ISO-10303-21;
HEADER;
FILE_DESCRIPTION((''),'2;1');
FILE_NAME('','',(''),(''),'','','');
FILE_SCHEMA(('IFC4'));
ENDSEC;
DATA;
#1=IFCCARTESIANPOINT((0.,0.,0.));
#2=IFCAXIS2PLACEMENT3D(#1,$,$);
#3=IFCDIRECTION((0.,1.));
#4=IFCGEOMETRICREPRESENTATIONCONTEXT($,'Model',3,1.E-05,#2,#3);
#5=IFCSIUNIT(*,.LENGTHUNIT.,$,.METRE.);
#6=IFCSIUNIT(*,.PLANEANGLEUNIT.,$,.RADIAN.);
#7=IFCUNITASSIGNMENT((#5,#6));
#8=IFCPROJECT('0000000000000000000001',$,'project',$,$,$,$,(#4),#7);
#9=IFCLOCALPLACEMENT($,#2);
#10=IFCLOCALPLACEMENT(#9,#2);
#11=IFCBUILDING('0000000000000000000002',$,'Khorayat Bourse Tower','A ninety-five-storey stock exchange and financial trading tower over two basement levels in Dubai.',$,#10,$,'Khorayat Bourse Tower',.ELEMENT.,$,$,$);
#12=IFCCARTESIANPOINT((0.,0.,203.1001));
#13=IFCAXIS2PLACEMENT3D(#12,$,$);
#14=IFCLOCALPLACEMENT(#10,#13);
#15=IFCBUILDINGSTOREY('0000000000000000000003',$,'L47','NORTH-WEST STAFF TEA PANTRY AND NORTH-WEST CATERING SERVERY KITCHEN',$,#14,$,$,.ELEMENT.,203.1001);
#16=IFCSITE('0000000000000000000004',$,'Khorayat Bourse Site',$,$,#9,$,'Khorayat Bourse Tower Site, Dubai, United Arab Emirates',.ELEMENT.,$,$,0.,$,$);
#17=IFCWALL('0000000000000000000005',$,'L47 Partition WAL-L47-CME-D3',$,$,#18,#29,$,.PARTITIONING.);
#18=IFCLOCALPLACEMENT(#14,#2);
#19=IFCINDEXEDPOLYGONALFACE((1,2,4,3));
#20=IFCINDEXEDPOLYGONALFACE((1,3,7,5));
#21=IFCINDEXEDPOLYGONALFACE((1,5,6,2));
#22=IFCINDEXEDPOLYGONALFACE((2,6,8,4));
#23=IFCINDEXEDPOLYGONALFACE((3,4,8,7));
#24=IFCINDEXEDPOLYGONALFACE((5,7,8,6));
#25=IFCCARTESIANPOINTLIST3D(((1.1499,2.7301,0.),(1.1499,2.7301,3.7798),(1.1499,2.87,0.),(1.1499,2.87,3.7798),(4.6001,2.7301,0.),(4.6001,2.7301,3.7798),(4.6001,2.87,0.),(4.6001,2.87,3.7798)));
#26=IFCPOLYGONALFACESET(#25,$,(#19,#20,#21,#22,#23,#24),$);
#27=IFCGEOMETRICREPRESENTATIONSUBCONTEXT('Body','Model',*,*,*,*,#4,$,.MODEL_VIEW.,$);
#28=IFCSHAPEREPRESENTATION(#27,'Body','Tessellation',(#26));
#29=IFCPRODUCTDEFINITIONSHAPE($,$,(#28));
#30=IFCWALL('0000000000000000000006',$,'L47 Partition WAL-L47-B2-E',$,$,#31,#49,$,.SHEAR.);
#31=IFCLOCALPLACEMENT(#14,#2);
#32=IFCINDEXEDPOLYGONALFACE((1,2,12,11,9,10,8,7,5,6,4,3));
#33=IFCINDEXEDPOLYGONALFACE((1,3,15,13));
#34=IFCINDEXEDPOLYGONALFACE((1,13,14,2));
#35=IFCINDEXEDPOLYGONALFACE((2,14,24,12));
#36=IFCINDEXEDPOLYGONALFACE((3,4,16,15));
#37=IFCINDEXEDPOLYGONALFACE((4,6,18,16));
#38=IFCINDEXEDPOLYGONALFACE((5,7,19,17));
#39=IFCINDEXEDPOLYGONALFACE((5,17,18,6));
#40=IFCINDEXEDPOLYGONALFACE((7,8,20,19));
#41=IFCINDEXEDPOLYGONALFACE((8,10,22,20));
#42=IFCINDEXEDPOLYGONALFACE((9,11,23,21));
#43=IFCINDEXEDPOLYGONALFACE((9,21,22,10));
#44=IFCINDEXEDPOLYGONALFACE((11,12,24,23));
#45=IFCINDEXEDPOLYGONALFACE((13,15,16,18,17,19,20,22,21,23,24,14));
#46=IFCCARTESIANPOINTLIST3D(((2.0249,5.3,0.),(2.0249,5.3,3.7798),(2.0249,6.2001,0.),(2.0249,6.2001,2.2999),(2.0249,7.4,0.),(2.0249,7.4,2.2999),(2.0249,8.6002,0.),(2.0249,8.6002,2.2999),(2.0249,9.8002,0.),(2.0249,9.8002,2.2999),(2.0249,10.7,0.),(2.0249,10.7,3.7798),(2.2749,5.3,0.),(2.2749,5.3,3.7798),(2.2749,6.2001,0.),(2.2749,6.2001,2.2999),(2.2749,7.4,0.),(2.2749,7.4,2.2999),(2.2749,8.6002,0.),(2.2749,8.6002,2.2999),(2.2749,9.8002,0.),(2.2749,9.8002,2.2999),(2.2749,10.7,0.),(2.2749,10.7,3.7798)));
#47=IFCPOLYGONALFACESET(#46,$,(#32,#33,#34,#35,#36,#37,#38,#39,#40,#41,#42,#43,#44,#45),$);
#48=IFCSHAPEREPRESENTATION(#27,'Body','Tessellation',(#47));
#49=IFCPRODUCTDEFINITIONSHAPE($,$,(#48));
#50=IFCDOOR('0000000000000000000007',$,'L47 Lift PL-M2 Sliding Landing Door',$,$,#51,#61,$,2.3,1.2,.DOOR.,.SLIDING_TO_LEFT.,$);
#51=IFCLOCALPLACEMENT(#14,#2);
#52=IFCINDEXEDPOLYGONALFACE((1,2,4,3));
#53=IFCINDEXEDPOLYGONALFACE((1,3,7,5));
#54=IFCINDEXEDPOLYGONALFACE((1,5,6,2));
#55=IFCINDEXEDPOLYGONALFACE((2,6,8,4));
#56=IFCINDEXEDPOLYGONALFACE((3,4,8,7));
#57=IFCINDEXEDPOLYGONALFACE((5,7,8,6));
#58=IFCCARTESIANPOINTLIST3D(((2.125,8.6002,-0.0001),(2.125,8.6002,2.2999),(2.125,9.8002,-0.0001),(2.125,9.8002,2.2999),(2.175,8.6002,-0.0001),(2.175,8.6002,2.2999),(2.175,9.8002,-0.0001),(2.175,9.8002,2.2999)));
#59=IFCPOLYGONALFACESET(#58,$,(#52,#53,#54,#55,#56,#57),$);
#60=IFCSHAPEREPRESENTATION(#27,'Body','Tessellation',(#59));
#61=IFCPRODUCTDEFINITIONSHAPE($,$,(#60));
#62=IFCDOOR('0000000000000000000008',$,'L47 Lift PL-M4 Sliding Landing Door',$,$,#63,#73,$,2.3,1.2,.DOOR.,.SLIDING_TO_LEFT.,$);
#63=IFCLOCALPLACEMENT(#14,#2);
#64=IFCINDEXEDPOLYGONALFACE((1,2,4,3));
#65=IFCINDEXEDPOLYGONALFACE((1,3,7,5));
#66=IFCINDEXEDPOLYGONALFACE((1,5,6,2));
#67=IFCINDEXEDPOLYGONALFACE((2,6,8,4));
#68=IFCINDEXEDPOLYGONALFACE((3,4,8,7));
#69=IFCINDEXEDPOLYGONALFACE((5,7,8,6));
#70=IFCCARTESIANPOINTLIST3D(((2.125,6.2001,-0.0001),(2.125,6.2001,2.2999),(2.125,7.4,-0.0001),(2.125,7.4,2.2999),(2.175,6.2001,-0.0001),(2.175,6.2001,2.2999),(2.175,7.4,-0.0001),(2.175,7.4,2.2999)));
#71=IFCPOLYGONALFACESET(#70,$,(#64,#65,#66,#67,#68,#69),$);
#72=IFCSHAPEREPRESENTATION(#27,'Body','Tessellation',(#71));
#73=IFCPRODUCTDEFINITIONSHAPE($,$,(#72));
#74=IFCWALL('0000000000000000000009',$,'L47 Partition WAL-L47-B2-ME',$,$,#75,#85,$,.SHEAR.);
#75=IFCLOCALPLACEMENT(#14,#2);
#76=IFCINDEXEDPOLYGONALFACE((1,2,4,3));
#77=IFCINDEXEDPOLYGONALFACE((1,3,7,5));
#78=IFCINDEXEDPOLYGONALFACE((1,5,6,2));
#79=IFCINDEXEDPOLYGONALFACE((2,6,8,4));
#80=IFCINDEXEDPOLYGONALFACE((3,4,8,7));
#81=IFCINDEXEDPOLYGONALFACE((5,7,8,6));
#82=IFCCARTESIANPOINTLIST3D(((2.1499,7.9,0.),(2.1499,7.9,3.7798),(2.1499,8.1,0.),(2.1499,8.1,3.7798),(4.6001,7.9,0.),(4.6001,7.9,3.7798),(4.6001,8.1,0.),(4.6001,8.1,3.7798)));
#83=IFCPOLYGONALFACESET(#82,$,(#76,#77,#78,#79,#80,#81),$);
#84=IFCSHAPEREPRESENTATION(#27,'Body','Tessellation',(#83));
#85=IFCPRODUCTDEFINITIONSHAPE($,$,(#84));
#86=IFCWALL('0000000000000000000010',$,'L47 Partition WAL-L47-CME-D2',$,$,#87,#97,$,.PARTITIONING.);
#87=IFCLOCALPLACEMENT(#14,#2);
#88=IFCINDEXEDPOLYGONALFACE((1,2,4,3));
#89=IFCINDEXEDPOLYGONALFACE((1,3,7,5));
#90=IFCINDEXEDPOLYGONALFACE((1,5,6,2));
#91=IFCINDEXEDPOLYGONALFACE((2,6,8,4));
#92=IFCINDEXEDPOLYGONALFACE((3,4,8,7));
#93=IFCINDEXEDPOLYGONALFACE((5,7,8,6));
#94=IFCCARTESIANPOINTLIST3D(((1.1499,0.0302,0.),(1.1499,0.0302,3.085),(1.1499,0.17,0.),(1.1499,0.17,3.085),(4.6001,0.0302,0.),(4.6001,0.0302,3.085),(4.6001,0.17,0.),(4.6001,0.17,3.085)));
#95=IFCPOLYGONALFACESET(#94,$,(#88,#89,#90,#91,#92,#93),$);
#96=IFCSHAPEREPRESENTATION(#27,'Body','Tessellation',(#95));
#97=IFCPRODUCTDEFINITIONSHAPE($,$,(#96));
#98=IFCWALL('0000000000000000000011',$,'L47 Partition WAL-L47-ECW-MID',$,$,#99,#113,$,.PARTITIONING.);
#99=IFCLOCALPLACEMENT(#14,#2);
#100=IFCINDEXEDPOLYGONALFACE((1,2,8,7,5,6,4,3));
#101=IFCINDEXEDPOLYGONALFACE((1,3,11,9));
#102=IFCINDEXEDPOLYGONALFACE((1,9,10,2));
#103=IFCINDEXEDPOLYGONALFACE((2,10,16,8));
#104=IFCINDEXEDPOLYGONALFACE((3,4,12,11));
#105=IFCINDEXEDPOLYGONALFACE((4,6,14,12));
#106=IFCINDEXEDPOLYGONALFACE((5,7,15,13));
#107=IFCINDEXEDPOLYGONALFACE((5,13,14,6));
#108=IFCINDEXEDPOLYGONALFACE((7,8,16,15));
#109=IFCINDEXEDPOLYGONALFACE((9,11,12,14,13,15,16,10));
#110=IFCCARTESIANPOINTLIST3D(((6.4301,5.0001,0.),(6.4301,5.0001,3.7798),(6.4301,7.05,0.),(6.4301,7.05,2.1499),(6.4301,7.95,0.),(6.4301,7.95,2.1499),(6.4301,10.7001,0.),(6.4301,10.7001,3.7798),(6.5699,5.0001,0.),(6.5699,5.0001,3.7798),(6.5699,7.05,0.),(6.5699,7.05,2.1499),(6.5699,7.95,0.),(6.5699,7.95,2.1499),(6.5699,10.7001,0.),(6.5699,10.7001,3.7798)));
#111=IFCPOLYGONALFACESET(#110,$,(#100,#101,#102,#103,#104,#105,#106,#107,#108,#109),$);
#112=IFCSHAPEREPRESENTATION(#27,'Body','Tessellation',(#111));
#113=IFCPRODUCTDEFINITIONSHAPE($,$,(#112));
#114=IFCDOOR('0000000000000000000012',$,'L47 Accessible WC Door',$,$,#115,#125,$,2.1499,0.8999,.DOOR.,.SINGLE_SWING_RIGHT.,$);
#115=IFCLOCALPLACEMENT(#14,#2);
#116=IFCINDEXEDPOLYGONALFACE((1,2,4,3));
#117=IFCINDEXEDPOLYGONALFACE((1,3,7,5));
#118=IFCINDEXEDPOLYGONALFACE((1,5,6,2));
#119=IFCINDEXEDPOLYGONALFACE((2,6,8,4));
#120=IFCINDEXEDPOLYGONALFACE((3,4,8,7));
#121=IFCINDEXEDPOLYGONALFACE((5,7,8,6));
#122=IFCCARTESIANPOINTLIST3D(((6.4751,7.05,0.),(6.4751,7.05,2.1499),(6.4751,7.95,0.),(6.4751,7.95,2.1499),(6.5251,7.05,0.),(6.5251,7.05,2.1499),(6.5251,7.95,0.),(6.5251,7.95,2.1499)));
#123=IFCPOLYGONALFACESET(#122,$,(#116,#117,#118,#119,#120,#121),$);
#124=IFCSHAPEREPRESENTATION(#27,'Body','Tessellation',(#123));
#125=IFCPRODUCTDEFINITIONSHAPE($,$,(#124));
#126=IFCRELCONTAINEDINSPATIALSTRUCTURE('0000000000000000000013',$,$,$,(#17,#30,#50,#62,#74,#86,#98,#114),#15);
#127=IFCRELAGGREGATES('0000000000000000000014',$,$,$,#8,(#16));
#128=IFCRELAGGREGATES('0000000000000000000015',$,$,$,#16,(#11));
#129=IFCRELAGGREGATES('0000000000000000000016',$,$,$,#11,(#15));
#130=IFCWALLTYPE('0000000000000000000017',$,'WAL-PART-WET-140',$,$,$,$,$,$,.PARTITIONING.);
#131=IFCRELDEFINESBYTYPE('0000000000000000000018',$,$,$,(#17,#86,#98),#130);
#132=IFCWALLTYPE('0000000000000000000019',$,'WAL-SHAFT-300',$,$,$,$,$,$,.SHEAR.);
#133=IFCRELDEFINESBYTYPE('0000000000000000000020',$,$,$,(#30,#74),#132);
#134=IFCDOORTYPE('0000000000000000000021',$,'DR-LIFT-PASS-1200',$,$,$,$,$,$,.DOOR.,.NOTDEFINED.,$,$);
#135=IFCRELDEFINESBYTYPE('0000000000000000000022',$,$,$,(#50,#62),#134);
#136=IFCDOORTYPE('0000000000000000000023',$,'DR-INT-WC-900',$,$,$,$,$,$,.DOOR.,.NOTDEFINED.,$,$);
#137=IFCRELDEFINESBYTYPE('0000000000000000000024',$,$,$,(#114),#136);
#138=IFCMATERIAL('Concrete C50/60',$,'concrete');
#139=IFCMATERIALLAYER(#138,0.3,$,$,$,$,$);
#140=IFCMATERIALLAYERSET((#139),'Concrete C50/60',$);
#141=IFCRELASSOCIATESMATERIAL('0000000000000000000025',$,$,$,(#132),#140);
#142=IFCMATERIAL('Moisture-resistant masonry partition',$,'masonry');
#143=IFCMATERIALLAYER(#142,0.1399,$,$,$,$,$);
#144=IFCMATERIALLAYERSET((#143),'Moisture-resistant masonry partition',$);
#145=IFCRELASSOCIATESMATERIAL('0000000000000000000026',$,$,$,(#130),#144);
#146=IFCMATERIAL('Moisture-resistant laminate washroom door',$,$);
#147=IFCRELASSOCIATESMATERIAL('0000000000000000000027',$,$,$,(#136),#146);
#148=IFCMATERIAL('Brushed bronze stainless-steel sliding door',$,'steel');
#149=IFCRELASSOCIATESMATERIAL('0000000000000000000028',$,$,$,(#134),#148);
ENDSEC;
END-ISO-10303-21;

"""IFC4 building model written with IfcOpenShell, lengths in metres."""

from ifc_helpers import new_model, si_unit, direction, frame, frame_2d, origin, place, context, subcontext, project, spatial, rectangle, extrude, source, transform, mapped, material, layer, layer_set, type_object, element, fill, save


model = new_model("IFC4")

# Units and contexts
model_context = context("Model", 3, precision=1e-05, world=origin(), true_north=direction((0.0, 1.0)))
body_context = subcontext(model_context, "Body", "Model", "MODEL_VIEW")
ifc_project = project(units=[si_unit("LENGTHUNIT", "METRE"), si_unit("PLANEANGLEUNIT", "RADIAN")], contexts=[model_context])

# Site, building, storey
site_placement = place(None, origin())
site = spatial("IfcSite", under=ifc_project, at=site_placement, Name="Khorayat Bourse Site", LongName="Khorayat Bourse Tower Site, Dubai, United Arab Emirates", CompositionType="ELEMENT", RefElevation=0.0)
building_placement = place(site_placement, origin())
building = spatial("IfcBuilding", under=site, at=building_placement, Name="Khorayat Bourse Tower", Description="A ninety-five-storey stock exchange and financial trading tower over two basement levels in Dubai.", LongName="Khorayat Bourse Tower", CompositionType="ELEMENT")
storey_placement = place(building_placement, frame((0.0, 0.0, 203.1001)))
storey = spatial("IfcBuildingStorey", under=building, at=storey_placement, Name="L47", Description="NORTH-WEST STAFF TEA PANTRY AND NORTH-WEST CATERING SERVERY KITCHEN", CompositionType="ELEMENT", Elevation=203.1001)

# Shared definitions
ifc_material_1 = material(Name="Concrete C50/60", Category="concrete")
ifc_layer_1 = layer(ifc_material_1, 0.3)
ifc_layer_set_1 = layer_set([ifc_layer_1], Name="Concrete C50/60")
wall_type_1 = type_object("IfcWallType", Name="WAL-SHAFT-300", PredefinedType="SHEAR", material=ifc_layer_set_1)
ifc_material_2 = material(Name="Moisture-resistant masonry partition", Category="masonry")
ifc_layer_2 = layer(ifc_material_2, 0.1399)
ifc_layer_set_2 = layer_set([ifc_layer_2], Name="Moisture-resistant masonry partition")
wall_type_2 = type_object("IfcWallType", Name="WAL-PART-WET-140", PredefinedType="PARTITIONING", material=ifc_layer_set_2)

# Shared definitions
shared_shape_1 = source(origin(), body_context, "Body", "SweptSolid", [
    extrude(rectangle(XDim=0.8999, YDim=2.1499, at=frame_2d((0.45, 1.075))), frame((0.0, 0.0798, 0.0), z_axis=(0.0, -1.0, 0.0), x_axis=(1.0, 0.0, 0.0)), (0.0, 0.0, 1.0), 0.1599),
])
ifc_material_3 = material(Name="Moisture-resistant laminate washroom door")
door_type_1 = type_object("IfcDoorType", Name="DR-INT-WC-900", OperationType="NOTDEFINED", PredefinedType="DOOR", material=ifc_material_3)
shared_shape_2 = source(origin(), body_context, "Body", "SweptSolid", [
    extrude(rectangle(XDim=0.8999, YDim=2.1499, at=frame_2d((0.45, 1.075))), frame((0.0, 0.0249, 0.0), z_axis=(0.0, -1.0, 0.0), x_axis=(1.0, 0.0, 0.0)), (0.0, 0.0, 1.0), 0.05),
])

# Wall
shared_shape_3 = source(origin(), body_context, "Body", "SweptSolid", [
    extrude(rectangle(XDim=3.4502, YDim=0.1399, at=frame_2d((1.7251, 0.0))), origin(), (0.0, 0.0, 1.0), 3.7798),
])
wall_1_placement = place(storey_placement, frame((1.1499, 2.8, 0.0), z_axis=(0.0, 0.0, 1.0), x_axis=(1.0, 0.0, 0.0)))
element("IfcWall", 1, at=wall_1_placement, inside=storey, type_object=wall_type_2, Name="L47 Partition WAL-L47-CME-D3", PredefinedType="PARTITIONING", context=body_context, shape_type="MappedRepresentation", body=[
    mapped(shared_shape_3, transform((0.0, 0.0, 0.0), scale=1.0)),
])

# Wall, openings, doors
shared_shape_4 = source(origin(), body_context, "Body", "SweptSolid", [
    extrude(rectangle(XDim=5.3999, YDim=0.25, at=frame_2d((2.7, 0.0))), origin(), (0.0, 0.0, 1.0), 3.7798),
])
wall_2_placement = place(storey_placement, frame((2.1499, 5.3, 0.0), z_axis=(0.0, 0.0, 1.0), x_axis=(0.0, 1.0, 0.0)))
wall_2 = element("IfcWall", 2, at=wall_2_placement, inside=storey, type_object=wall_type_1, Name="L47 Partition WAL-L47-B2-E", PredefinedType="SHEAR", context=body_context, shape_type="MappedRepresentation", body=[
    mapped(shared_shape_4, transform((0.0, 0.0, 0.0), scale=1.0)),
])
shared_shape_5 = source(origin(), body_context, "Body", "SweptSolid", [
    extrude(rectangle(XDim=1.2, YDim=2.3, at=frame_2d((0.6001, 1.1499))), frame((0.0, 0.135, 0.0), z_axis=(0.0, -1.0, 0.0), x_axis=(1.0, 0.0, 0.0)), (0.0, 0.0, 1.0), 0.27),
])
opening_1_placement = place(wall_2_placement, frame((3.3, 0.0, 0.0)))
opening_1 = element("IfcOpeningElement", 3, at=opening_1_placement, cuts=wall_2, PredefinedType="OPENING", context=body_context, shape_type="MappedRepresentation", body=[
    mapped(shared_shape_5, transform((0.0, 0.0, 0.0), scale=1.0)),
])
opening_2_placement = place(wall_2_placement, frame((0.8999, 0.0, 0.0)))
opening_2 = element("IfcOpeningElement", 4, at=opening_2_placement, cuts=wall_2, PredefinedType="OPENING", context=body_context, shape_type="MappedRepresentation", body=[
    mapped(shared_shape_5, transform((0.0, 0.0, 0.0), scale=1.0)),
])
ifc_material_4 = material(Name="Brushed bronze stainless-steel sliding door", Category="steel")
door_type_2 = type_object("IfcDoorType", Name="DR-LIFT-PASS-1200", OperationType="NOTDEFINED", PredefinedType="DOOR", material=ifc_material_4)
shared_shape_6 = source(origin(), body_context, "Body", "SweptSolid", [
    extrude(rectangle(XDim=1.2, YDim=2.3, at=frame_2d((0.6001, 1.1499))), frame((0.0, 0.0249, 0.0), z_axis=(0.0, -1.0, 0.0), x_axis=(1.0, 0.0, 0.0)), (0.0, 0.0, 1.0), 0.05),
])
door_1_placement = place(opening_1_placement, origin())
door_1 = element("IfcDoor", 5, at=door_1_placement, inside=storey, type_object=door_type_2, Name="L47 Lift PL-M2 Sliding Landing Door", OperationType="SLIDING_TO_LEFT", OverallHeight=2.3, OverallWidth=1.2, PredefinedType="DOOR", context=body_context, shape_type="MappedRepresentation", body=[
    mapped(shared_shape_6, transform((0.0, 0.0, 0.0), scale=1.0)),
])
fill(opening_1, door_1)
door_2_placement = place(opening_2_placement, origin())
door_2 = element("IfcDoor", 6, at=door_2_placement, inside=storey, type_object=door_type_2, Name="L47 Lift PL-M4 Sliding Landing Door", OperationType="SLIDING_TO_LEFT", OverallHeight=2.3, OverallWidth=1.2, PredefinedType="DOOR", context=body_context, shape_type="MappedRepresentation", body=[
    mapped(shared_shape_6, transform((0.0, 0.0, 0.0), scale=1.0)),
])
fill(opening_2, door_2)

# Walls
shared_shape_7 = source(origin(), body_context, "Body", "SweptSolid", [
    extrude(rectangle(XDim=2.4502, YDim=0.2, at=frame_2d((1.2251, 0.0))), origin(), (0.0, 0.0, 1.0), 3.7798),
])
wall_3_placement = place(storey_placement, frame((2.1499, 8.0, 0.0), z_axis=(0.0, 0.0, 1.0), x_axis=(1.0, 0.0, 0.0)))
element("IfcWall", 7, at=wall_3_placement, inside=storey, type_object=wall_type_1, Name="L47 Partition WAL-L47-B2-ME", PredefinedType="SHEAR", context=body_context, shape_type="MappedRepresentation", body=[
    mapped(shared_shape_7, transform((0.0, 0.0, 0.0), scale=1.0)),
])
shared_shape_8 = source(origin(), body_context, "Body", "SweptSolid", [
    extrude(rectangle(XDim=3.4502, YDim=0.1399, at=frame_2d((1.7251, 0.0))), origin(), (0.0, 0.0, 1.0), 3.085),
])
wall_4_placement = place(storey_placement, frame((1.1499, 0.1001, 0.0), z_axis=(0.0, 0.0, 1.0), x_axis=(1.0, 0.0, 0.0)))
element("IfcWall", 8, at=wall_4_placement, inside=storey, type_object=wall_type_2, Name="L47 Partition WAL-L47-CME-D2", PredefinedType="PARTITIONING", context=body_context, shape_type="MappedRepresentation", body=[
    mapped(shared_shape_8, transform((0.0, 0.0, 0.0), scale=1.0)),
])

# Wall, opening, door
shared_shape_9 = source(origin(), body_context, "Body", "SweptSolid", [
    extrude(rectangle(XDim=5.7, YDim=0.1399, at=frame_2d((2.8501, 0.0))), origin(), (0.0, 0.0, 1.0), 3.7798),
])
wall_5_placement = place(storey_placement, frame((6.5, 5.0, 0.0), z_axis=(0.0, 0.0, 1.0), x_axis=(0.0, 1.0, 0.0)))
wall_5 = element("IfcWall", 9, at=wall_5_placement, inside=storey, type_object=wall_type_2, Name="L47 Partition WAL-L47-ECW-MID", PredefinedType="PARTITIONING", context=body_context, shape_type="MappedRepresentation", body=[
    mapped(shared_shape_9, transform((0.0, 0.0, 0.0), scale=1.0)),
])
opening_3_placement = place(wall_5_placement, frame((2.05, 0.0, 0.0)))
opening_3 = element("IfcOpeningElement", 10, at=opening_3_placement, cuts=wall_5, PredefinedType="OPENING", context=body_context, shape_type="MappedRepresentation", body=[
    mapped(shared_shape_1, transform((0.0, 0.0, 0.0), scale=1.0)),
])
door_3_placement = place(opening_3_placement, origin())
door_3 = element("IfcDoor", 11, at=door_3_placement, inside=storey, type_object=door_type_1, Name="L47 Accessible WC Door", OperationType="SINGLE_SWING_RIGHT", OverallHeight=2.1499, OverallWidth=0.8999, PredefinedType="DOOR", context=body_context, shape_type="MappedRepresentation", body=[
    mapped(shared_shape_2, transform((0.0, 0.0, 0.0), scale=1.0)),
])
fill(opening_3, door_3)

save(model, "model.ifc")
